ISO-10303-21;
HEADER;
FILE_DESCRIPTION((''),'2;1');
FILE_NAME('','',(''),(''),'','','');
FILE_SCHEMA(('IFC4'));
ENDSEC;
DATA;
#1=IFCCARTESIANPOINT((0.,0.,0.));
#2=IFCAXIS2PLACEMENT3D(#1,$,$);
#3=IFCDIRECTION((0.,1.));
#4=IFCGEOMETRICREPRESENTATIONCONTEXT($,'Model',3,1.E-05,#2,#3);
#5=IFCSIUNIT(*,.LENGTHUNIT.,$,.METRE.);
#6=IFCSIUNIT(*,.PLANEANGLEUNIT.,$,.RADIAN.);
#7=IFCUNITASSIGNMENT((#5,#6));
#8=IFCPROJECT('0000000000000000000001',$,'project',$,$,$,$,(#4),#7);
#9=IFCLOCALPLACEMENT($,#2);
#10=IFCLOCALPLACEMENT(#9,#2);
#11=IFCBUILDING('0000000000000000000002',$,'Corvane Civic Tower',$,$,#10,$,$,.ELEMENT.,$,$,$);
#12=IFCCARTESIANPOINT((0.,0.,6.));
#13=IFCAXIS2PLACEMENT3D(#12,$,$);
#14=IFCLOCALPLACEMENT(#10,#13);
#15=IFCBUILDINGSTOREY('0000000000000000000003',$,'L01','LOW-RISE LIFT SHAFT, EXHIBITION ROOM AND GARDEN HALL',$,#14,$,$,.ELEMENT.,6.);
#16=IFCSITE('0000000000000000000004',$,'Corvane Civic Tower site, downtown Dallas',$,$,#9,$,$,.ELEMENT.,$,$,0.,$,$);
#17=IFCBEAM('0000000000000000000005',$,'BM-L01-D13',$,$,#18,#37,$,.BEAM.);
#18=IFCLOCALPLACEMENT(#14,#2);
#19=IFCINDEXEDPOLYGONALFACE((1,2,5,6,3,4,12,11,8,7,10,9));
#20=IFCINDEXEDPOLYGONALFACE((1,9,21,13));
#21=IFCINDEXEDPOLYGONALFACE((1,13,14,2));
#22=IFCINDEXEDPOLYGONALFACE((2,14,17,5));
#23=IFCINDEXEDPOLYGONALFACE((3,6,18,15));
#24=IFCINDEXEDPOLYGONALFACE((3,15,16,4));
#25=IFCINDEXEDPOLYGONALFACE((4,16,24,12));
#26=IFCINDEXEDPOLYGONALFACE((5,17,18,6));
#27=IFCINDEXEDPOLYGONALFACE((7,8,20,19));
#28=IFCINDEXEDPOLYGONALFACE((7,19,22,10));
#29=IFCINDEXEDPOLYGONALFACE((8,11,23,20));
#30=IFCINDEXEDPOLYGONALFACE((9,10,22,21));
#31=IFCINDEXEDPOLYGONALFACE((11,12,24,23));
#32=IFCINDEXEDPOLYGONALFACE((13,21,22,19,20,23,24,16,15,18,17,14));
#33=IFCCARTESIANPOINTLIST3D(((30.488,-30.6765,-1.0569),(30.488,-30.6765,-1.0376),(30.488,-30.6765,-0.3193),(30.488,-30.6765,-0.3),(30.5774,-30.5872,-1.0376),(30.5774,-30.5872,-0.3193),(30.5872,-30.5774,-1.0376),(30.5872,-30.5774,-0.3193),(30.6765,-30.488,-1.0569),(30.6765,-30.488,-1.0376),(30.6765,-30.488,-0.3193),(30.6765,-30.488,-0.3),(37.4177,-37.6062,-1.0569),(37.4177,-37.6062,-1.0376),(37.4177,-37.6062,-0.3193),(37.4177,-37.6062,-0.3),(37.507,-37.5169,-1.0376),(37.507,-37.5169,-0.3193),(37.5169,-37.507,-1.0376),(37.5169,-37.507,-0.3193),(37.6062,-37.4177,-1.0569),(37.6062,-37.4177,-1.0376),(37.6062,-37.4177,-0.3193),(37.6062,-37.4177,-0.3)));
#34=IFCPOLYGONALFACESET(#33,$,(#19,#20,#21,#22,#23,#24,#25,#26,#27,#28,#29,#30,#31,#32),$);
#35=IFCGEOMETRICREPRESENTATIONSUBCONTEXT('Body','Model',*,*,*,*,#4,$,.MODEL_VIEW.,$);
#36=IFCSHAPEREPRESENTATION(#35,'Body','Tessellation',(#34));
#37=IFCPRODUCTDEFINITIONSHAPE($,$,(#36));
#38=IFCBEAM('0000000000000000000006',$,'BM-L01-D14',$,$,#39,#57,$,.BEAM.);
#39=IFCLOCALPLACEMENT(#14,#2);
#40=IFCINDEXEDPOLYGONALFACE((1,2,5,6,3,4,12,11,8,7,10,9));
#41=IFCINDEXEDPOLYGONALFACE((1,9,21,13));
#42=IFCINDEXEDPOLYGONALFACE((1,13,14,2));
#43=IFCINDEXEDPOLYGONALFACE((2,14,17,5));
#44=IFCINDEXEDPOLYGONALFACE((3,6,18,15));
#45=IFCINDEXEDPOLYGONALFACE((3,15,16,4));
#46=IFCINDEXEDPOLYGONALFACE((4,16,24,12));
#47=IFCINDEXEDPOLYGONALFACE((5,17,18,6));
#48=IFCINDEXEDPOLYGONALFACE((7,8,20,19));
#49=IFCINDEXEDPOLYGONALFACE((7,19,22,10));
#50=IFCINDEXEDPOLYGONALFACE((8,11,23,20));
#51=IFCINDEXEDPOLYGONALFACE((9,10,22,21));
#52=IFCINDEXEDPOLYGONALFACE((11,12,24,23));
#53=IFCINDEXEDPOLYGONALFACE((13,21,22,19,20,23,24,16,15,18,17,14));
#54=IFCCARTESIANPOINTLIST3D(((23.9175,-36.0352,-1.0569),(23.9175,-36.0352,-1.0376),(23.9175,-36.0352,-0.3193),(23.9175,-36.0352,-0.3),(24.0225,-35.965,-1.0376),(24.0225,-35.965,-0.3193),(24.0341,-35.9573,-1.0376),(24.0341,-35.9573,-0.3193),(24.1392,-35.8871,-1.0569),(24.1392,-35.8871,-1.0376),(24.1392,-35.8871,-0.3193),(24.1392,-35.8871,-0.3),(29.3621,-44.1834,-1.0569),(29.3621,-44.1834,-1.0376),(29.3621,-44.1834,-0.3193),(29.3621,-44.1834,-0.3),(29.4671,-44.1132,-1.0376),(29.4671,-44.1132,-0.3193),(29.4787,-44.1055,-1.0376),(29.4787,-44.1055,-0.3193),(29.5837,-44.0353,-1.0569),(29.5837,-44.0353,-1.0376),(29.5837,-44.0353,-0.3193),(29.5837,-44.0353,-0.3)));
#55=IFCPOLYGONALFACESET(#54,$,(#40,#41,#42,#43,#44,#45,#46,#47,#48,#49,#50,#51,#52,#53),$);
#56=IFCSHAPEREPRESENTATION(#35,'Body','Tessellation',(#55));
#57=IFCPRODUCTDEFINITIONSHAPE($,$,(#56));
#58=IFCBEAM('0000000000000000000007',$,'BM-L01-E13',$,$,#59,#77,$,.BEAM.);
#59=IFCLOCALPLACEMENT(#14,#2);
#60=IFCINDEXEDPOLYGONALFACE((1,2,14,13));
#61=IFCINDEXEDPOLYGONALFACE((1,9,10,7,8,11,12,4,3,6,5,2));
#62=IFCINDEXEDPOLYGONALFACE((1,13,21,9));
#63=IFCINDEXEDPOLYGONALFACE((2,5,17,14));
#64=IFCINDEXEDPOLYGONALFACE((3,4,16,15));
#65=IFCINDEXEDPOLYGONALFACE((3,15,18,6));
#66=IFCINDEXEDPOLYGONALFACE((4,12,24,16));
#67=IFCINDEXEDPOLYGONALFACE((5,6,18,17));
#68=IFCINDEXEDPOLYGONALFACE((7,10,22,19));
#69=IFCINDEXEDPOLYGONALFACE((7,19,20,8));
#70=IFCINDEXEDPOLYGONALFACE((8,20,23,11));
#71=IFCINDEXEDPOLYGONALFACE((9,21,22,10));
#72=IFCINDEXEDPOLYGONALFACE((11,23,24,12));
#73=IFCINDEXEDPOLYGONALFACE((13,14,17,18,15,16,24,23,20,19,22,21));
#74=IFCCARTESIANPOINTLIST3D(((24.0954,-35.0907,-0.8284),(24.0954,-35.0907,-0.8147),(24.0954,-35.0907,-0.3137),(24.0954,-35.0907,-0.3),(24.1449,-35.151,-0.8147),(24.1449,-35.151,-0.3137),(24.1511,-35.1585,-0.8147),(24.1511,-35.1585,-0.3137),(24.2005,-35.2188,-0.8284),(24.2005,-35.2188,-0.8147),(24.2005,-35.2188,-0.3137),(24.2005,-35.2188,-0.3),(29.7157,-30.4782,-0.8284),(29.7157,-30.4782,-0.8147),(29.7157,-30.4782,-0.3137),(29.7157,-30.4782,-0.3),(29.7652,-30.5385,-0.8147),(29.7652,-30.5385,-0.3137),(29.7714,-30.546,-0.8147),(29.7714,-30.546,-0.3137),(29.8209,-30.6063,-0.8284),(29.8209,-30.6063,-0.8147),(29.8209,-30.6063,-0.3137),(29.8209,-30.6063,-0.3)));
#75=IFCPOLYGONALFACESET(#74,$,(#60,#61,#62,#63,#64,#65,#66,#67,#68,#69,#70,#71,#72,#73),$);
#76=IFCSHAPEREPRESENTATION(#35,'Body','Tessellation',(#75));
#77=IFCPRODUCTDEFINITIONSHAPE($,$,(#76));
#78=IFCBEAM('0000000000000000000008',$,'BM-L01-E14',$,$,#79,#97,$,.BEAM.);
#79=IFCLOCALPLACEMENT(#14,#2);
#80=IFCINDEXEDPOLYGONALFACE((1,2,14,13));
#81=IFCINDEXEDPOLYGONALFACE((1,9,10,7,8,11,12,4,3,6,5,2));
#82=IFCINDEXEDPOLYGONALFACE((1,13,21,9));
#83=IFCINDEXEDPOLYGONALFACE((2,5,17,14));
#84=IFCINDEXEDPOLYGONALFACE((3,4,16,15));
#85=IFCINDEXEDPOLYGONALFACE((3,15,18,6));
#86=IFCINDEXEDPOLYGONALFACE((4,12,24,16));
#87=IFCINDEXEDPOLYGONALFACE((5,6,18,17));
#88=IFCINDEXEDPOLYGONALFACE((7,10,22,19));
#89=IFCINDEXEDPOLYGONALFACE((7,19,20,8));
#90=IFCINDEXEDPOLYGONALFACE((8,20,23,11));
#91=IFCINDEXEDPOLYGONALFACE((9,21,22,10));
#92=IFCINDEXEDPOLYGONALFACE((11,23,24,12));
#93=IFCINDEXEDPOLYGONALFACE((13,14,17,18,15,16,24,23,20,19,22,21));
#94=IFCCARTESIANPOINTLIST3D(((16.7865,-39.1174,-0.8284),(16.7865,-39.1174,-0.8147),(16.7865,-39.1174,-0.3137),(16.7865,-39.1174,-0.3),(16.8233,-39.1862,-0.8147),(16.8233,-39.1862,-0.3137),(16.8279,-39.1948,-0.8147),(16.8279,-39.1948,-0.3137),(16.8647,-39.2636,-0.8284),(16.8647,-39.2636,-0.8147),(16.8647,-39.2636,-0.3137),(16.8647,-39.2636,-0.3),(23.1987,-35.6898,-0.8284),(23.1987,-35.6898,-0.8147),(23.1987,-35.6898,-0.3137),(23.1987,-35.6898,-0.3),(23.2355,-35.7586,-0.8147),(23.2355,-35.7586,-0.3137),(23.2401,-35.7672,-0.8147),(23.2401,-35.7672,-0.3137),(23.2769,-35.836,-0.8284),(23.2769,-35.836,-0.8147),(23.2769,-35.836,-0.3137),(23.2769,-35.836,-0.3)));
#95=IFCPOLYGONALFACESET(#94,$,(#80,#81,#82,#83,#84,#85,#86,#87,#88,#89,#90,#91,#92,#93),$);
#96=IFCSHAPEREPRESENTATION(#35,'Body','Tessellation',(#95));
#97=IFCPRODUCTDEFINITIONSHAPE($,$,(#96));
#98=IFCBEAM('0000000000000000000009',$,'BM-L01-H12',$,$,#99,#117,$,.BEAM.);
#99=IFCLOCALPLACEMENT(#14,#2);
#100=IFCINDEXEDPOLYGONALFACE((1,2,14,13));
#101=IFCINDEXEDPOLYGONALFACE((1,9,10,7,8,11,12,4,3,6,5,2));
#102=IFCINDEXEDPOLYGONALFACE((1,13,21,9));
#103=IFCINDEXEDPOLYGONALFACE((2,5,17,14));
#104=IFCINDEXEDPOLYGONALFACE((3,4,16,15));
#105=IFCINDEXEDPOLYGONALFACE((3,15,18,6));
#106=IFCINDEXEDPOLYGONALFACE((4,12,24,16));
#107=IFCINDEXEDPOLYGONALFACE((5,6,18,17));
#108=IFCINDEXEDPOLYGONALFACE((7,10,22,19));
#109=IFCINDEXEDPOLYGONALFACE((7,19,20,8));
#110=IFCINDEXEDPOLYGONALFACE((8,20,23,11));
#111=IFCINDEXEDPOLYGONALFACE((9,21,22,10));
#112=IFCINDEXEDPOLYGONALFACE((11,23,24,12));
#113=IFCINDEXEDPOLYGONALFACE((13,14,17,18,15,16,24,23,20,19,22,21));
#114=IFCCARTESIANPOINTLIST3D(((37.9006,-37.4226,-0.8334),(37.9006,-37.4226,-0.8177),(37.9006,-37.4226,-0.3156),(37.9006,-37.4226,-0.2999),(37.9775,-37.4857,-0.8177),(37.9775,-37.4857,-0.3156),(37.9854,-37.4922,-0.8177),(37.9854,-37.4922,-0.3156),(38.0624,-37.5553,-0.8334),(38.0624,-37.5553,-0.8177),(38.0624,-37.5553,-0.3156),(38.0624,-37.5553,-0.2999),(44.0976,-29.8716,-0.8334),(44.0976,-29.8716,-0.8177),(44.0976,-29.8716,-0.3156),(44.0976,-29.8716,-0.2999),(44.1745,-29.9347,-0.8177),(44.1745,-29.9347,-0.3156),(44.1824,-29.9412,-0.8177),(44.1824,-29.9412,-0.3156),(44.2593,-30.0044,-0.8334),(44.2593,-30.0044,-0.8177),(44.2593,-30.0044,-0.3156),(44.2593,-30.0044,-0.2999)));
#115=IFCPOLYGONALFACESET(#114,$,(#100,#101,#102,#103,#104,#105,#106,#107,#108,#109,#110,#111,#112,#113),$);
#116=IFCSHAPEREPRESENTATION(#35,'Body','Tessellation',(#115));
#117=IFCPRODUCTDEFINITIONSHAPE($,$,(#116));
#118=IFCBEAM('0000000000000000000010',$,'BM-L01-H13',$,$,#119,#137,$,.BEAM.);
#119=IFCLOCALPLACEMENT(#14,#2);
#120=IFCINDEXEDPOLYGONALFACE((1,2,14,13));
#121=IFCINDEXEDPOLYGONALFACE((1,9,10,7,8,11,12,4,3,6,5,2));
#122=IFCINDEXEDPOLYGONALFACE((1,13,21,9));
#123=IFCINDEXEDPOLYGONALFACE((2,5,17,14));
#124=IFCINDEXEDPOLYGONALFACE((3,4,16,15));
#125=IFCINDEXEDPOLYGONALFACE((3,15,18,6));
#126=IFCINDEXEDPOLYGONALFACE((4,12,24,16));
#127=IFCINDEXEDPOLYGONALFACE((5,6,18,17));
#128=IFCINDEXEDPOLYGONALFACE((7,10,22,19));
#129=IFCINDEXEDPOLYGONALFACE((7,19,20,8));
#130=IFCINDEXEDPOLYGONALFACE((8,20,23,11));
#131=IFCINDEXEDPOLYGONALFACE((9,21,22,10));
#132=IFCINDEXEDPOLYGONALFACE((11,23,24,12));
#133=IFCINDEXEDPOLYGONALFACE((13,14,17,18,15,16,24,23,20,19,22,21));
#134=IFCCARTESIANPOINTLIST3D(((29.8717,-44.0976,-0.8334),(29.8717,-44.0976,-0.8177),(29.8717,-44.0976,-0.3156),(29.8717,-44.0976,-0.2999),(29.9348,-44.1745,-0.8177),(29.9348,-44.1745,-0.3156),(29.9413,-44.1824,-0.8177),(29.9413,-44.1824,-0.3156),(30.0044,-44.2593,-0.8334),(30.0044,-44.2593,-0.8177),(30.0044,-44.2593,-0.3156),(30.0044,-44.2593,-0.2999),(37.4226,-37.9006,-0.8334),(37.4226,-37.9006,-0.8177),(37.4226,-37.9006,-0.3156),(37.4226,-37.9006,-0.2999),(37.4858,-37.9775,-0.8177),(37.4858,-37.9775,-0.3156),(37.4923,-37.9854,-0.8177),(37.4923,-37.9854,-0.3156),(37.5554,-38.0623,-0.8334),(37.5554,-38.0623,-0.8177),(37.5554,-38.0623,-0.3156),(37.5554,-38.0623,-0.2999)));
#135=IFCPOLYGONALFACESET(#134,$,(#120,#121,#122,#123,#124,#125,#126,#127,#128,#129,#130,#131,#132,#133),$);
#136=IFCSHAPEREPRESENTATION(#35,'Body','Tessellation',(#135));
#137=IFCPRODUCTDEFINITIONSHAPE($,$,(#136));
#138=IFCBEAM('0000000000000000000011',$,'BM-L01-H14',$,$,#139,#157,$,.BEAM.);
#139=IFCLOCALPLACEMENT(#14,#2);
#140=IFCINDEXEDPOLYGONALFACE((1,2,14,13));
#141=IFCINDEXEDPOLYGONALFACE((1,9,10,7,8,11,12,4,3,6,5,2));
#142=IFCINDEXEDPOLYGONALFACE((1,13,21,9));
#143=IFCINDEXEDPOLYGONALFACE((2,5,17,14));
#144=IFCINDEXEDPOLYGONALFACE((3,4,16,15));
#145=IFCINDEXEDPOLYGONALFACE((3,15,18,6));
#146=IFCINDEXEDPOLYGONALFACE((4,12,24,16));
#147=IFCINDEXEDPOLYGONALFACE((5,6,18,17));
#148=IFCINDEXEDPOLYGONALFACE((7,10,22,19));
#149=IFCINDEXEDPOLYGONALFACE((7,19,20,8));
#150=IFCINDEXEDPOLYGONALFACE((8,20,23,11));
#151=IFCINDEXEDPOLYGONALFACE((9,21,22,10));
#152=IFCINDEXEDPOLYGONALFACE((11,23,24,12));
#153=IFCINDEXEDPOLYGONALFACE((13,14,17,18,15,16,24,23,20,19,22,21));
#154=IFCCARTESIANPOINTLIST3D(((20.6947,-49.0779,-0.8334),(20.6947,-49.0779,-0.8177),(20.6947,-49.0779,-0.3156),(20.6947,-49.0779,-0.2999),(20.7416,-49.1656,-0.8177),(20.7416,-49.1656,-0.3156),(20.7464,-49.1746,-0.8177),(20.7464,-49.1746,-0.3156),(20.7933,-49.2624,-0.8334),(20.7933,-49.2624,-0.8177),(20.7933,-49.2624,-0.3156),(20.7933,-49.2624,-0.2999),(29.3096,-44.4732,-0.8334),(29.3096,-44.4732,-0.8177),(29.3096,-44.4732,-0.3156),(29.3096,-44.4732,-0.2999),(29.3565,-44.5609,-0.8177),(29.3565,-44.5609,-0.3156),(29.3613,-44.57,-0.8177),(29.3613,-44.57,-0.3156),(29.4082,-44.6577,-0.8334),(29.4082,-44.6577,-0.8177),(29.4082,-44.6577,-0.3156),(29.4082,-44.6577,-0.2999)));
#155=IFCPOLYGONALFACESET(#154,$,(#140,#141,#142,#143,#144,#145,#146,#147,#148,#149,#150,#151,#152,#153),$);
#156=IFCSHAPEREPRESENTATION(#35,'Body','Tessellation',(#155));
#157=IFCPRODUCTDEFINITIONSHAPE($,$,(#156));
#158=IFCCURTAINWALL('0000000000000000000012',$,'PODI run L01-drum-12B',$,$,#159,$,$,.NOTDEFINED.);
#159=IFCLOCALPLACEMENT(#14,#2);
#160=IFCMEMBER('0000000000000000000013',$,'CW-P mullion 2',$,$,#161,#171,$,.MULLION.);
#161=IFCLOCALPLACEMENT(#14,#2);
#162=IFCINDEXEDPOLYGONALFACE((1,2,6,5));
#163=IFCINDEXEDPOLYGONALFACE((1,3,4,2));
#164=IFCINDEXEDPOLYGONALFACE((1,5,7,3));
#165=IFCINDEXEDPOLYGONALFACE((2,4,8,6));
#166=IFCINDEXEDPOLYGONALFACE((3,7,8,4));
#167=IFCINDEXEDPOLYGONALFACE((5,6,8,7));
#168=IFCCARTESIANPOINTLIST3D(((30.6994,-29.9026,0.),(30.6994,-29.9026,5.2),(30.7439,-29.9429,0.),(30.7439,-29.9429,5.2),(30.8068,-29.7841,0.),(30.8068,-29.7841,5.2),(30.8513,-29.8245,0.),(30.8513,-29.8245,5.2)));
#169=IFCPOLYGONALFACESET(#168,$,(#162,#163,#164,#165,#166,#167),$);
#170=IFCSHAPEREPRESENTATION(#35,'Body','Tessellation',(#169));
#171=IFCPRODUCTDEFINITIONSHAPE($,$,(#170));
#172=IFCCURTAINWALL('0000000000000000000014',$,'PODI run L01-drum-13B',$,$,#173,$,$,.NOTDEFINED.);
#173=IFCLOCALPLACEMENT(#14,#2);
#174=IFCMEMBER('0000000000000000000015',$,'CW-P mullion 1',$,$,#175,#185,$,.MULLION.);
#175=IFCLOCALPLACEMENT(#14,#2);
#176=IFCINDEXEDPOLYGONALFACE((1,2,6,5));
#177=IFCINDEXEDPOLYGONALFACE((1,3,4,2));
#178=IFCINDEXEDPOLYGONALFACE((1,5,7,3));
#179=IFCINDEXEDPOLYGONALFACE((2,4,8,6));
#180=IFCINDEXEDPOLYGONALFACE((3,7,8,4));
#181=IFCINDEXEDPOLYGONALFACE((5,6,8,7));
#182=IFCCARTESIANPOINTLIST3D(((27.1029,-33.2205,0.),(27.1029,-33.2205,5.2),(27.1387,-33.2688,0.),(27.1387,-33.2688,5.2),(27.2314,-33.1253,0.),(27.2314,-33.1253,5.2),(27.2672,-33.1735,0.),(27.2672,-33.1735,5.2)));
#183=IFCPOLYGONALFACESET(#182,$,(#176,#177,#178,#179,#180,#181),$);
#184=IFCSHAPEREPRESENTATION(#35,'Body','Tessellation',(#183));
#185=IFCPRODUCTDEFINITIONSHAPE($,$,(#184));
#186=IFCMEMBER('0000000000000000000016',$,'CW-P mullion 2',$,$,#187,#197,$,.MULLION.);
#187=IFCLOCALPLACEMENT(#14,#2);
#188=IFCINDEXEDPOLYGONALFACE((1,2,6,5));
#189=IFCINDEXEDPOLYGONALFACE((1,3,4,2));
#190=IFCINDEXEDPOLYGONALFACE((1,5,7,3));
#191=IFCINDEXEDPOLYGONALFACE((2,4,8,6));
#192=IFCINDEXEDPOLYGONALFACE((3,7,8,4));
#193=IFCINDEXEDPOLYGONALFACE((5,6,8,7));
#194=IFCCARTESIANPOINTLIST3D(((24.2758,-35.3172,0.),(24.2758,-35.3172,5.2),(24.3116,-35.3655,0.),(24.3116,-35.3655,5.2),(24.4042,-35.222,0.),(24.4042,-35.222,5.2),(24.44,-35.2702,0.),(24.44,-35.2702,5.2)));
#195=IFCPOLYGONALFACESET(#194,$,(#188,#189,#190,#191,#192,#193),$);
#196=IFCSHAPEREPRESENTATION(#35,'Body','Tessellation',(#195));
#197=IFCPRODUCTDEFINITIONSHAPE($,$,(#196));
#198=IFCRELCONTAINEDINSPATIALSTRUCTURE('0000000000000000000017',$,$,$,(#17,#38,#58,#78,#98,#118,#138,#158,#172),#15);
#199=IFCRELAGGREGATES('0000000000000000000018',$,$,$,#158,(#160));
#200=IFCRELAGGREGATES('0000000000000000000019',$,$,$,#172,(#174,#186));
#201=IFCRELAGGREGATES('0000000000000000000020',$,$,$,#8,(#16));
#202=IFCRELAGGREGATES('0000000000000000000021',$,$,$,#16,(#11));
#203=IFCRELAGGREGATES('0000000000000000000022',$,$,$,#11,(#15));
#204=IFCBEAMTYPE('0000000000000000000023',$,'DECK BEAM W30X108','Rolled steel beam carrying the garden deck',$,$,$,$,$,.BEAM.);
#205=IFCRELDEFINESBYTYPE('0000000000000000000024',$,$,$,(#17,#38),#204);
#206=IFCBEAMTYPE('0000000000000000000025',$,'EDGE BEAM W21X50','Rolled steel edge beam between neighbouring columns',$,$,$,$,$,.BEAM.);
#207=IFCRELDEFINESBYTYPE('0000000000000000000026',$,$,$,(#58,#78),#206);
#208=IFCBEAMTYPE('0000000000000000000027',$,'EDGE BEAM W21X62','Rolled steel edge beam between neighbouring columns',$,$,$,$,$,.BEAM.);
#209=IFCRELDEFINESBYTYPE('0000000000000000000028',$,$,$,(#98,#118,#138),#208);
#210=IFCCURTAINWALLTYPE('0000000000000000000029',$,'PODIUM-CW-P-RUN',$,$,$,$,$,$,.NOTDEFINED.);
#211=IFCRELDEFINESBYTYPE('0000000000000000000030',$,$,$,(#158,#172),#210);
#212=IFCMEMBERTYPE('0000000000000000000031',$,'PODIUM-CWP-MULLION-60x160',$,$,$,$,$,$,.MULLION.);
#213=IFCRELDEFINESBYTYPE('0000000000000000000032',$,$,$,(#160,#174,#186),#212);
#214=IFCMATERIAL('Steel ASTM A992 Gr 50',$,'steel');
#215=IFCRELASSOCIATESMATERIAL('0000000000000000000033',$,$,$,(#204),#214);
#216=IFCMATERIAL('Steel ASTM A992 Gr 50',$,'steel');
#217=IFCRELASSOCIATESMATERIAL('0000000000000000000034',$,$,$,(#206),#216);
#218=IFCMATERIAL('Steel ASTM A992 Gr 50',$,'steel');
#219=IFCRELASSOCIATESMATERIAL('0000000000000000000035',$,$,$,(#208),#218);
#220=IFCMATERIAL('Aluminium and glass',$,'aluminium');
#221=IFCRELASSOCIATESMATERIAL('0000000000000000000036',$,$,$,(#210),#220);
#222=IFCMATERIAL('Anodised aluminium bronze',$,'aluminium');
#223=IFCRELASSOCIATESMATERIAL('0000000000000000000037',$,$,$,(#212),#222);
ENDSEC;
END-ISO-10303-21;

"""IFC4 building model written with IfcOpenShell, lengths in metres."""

from ifc_helpers import new_model, si_unit, direction, frame, origin, origin_2d, place, context, subcontext, project, spatial, rectangle, i_section, extrude, material, material_profile, profile_set, type_object, element, aggregate, save


model = new_model("IFC4")

# Units and contexts
model_context = context("Model", 3, precision=1e-05, world=origin(), true_north=direction((0.0, 1.0)))
body_context = subcontext(model_context, "Body", "Model", "MODEL_VIEW")
ifc_project = project(units=[si_unit("LENGTHUNIT", "METRE"), si_unit("PLANEANGLEUNIT", "RADIAN")], contexts=[model_context])

# Site, building, storey
site_placement = place(None, origin())
site = spatial("IfcSite", under=ifc_project, at=site_placement, Name="Corvane Civic Tower site, downtown Dallas", CompositionType="ELEMENT", RefElevation=0.0)
building_placement = place(site_placement, origin())
building = spatial("IfcBuilding", under=site, at=building_placement, Name="Corvane Civic Tower", CompositionType="ELEMENT")
storey_placement = place(building_placement, frame((0.0, 0.0, 6.0)))
storey = spatial("IfcBuildingStorey", under=building, at=storey_placement, Name="L01", Description="LOW-RISE LIFT SHAFT, EXHIBITION ROOM AND GARDEN HALL", CompositionType="ELEMENT", Elevation=6.0)

# Beams
ifc_material_1 = material(Name="Steel ASTM A992 Gr 50", Category="steel")
ifc_material_profile_1 = material_profile(ifc_material_1, i_section(OverallWidth=0.2666, OverallDepth=0.7568, WebThickness=0.0139, FlangeThickness=0.0193, at=origin_2d()), Name="W30X108")
ifc_profile_set_1 = profile_set([ifc_material_profile_1], Name="Steel ASTM A992 Gr 50")
beam_type_1 = type_object("IfcBeamType", Name="DECK BEAM W30X108", Description="Rolled steel beam carrying the garden deck", PredefinedType="BEAM", material=ifc_profile_set_1)
beam_1_placement = place(storey_placement, frame((30.5823, -30.5823, -0.6785), z_axis=(0.707107, -0.707107, 0.0), x_axis=(0.707107, 0.707107, 0.0)))
element("IfcBeam", 1, at=beam_1_placement, inside=storey, type_object=beam_type_1, Name="BM-L01-D13", PredefinedType="BEAM", context=body_context, shape_type="SweptSolid", body=[
    extrude(i_section(OverallWidth=0.2666, OverallDepth=0.7568, WebThickness=0.0139, FlangeThickness=0.0193, at=origin_2d()), origin(), (0.0, 0.0, 1.0), 9.8),
])
beam_2_placement = place(storey_placement, frame((24.0283, -35.9612, -0.6785), z_axis=(0.555579, -0.831463, 0.0), x_axis=(0.831463, 0.555579, 0.0)))
element("IfcBeam", 2, at=beam_2_placement, inside=storey, type_object=beam_type_1, Name="BM-L01-D14", PredefinedType="BEAM", context=body_context, shape_type="SweptSolid", body=[
    extrude(i_section(OverallWidth=0.2666, OverallDepth=0.7568, WebThickness=0.0139, FlangeThickness=0.0193, at=origin_2d()), origin(), (0.0, 0.0, 1.0), 9.7998),
])
ifc_material_2 = material(Name="Steel ASTM A992 Gr 50", Category="steel")
ifc_material_profile_2 = material_profile(ifc_material_2, i_section(OverallWidth=0.1658, OverallDepth=0.5283, WebThickness=0.0098, FlangeThickness=0.0137, at=origin_2d()), Name="W21X50")
ifc_profile_set_2 = profile_set([ifc_material_profile_2], Name="Steel ASTM A992 Gr 50")
beam_type_2 = type_object("IfcBeamType", Name="EDGE BEAM W21X50", Description="Rolled steel edge beam between neighbouring columns", PredefinedType="BEAM", material=ifc_profile_set_2)
for number, where, z_axis, x_axis, name in (
    (3, (29.7683, -30.5422, -0.5642), (-0.773008, -0.634396, 0.0), (0.634396, -0.773008, 0.0), "BM-L01-E13"),
    (4, (23.2378, -35.7629, -0.5642), (-0.881913, -0.471412, 0.0), (0.471412, -0.881913, 0.0), "BM-L01-E14"),
):
    element("IfcBeam", number, at=place(storey_placement, frame(where, z_axis=z_axis, x_axis=x_axis)), inside=storey, type_object=beam_type_2, Name=name, PredefinedType="BEAM", context=body_context, shape_type="SweptSolid", body=[
        extrude(i_section(OverallWidth=0.1658, OverallDepth=0.5283, WebThickness=0.0098, FlangeThickness=0.0137, at=origin_2d()), origin(), (0.0, 0.0, 1.0), 7.2708),
    ])
ifc_material_3 = material(Name="Steel ASTM A992 Gr 50", Category="steel")
ifc_material_profile_3 = material_profile(ifc_material_3, i_section(OverallWidth=0.2092, OverallDepth=0.5334, WebThickness=0.0103, FlangeThickness=0.0156, at=origin_2d()), Name="W21X62")
ifc_profile_set_3 = profile_set([ifc_material_profile_3], Name="Steel ASTM A992 Gr 50")
beam_type_3 = type_object("IfcBeamType", Name="EDGE BEAM W21X62", Description="Rolled steel edge beam between neighbouring columns", PredefinedType="BEAM", material=ifc_profile_set_3)
for number, where, z_axis, x_axis, name in (
    (5, (44.1785, -29.938, -0.5667), (-0.634397, -0.773008, 0.0), (0.773008, -0.634397, 0.0), "BM-L01-H12"),
    (6, (37.489, -37.9814, -0.5667), (-0.773008, -0.634397, 0.0), (0.634397, -0.773008, 0.0), "BM-L01-H13"),
    (7, (29.3589, -44.5654, -0.5667), (-0.881924, -0.471391, 0.0), (0.471391, -0.881924, 0.0), "BM-L01-H14"),
):
    element("IfcBeam", number, at=place(storey_placement, frame(where, z_axis=z_axis, x_axis=x_axis)), inside=storey, type_object=beam_type_3, Name=name, PredefinedType="BEAM", context=body_context, shape_type="SweptSolid", body=[
        extrude(i_section(OverallWidth=0.2092, OverallDepth=0.5334, WebThickness=0.0103, FlangeThickness=0.0156, at=origin_2d()), origin(), (0.0, 0.0, 1.0), 9.7683),
    ])

# Curtain wall, member
ifc_material_4 = material(Name="Aluminium and glass", Category="aluminium")
curtain_wall_type = type_object("IfcCurtainWallType", Name="PODIUM-CW-P-RUN", PredefinedType="NOTDEFINED", material=ifc_material_4)
curtain_wall_1_placement = place(storey_placement, origin())
curtain_wall_1 = element("IfcCurtainWall", 8, at=curtain_wall_1_placement, inside=storey, type_object=curtain_wall_type, Name="PODI run L01-drum-12B", PredefinedType="NOTDEFINED")
ifc_material_5 = material(Name="Anodised aluminium bronze", Category="aluminium")
ifc_material_profile_4 = material_profile(ifc_material_5, rectangle(XDim=0.0601, YDim=0.1599, at=origin_2d()), Name="AL 60x160")
ifc_profile_set_4 = profile_set([ifc_material_profile_4], Name="Anodised aluminium bronze")
member_type_1 = type_object("IfcMemberType", Name="PODIUM-CWP-MULLION-60x160", PredefinedType="MULLION", material=ifc_profile_set_4)
member_1_placement = place(storey_placement, frame((30.7754, -29.8635, 0.0), z_axis=(0.0, 0.0, 1.0), x_axis=(0.740935, -0.671576, 0.0)))
member_1 = element("IfcMember", 9, at=member_1_placement, type_object=member_type_1, Name="CW-P mullion 2", PredefinedType="MULLION", context=body_context, shape_type="SweptSolid", body=[
    extrude(rectangle(XDim=0.0601, YDim=0.1599, at=origin_2d()), origin(), (0.0, 0.0, 1.0), 5.2),
])
aggregate(curtain_wall_1, [member_1])

# Curtain wall, members
curtain_wall_2_placement = place(storey_placement, origin())
curtain_wall_2 = element("IfcCurtainWall", 10, at=curtain_wall_2_placement, inside=storey, type_object=curtain_wall_type, Name="PODI run L01-drum-13B", PredefinedType="NOTDEFINED")
member_2_placement = place(storey_placement, frame((27.1851, -33.197, 0.0), z_axis=(0.0, 0.0, 1.0), x_axis=(0.595705, -0.803203, 0.0)))
member_2 = element("IfcMember", 11, at=member_2_placement, type_object=member_type_1, Name="CW-P mullion 1", PredefinedType="MULLION", context=body_context, shape_type="SweptSolid", body=[
    extrude(rectangle(XDim=0.0601, YDim=0.1599, at=origin_2d()), origin(), (0.0, 0.0, 1.0), 5.2),
])
member_3_placement = place(storey_placement, frame((24.3579, -35.2937, 0.0), z_axis=(0.0, 0.0, 1.0), x_axis=(0.595705, -0.803203, 0.0)))
member_3 = element("IfcMember", 12, at=member_3_placement, type_object=member_type_1, Name="CW-P mullion 2", PredefinedType="MULLION", context=body_context, shape_type="SweptSolid", body=[
    extrude(rectangle(XDim=0.0601, YDim=0.1599, at=origin_2d()), origin(), (0.0, 0.0, 1.0), 5.2),
])

aggregate(curtain_wall_2, [member_2, member_3])

save(model, "model.ifc")
